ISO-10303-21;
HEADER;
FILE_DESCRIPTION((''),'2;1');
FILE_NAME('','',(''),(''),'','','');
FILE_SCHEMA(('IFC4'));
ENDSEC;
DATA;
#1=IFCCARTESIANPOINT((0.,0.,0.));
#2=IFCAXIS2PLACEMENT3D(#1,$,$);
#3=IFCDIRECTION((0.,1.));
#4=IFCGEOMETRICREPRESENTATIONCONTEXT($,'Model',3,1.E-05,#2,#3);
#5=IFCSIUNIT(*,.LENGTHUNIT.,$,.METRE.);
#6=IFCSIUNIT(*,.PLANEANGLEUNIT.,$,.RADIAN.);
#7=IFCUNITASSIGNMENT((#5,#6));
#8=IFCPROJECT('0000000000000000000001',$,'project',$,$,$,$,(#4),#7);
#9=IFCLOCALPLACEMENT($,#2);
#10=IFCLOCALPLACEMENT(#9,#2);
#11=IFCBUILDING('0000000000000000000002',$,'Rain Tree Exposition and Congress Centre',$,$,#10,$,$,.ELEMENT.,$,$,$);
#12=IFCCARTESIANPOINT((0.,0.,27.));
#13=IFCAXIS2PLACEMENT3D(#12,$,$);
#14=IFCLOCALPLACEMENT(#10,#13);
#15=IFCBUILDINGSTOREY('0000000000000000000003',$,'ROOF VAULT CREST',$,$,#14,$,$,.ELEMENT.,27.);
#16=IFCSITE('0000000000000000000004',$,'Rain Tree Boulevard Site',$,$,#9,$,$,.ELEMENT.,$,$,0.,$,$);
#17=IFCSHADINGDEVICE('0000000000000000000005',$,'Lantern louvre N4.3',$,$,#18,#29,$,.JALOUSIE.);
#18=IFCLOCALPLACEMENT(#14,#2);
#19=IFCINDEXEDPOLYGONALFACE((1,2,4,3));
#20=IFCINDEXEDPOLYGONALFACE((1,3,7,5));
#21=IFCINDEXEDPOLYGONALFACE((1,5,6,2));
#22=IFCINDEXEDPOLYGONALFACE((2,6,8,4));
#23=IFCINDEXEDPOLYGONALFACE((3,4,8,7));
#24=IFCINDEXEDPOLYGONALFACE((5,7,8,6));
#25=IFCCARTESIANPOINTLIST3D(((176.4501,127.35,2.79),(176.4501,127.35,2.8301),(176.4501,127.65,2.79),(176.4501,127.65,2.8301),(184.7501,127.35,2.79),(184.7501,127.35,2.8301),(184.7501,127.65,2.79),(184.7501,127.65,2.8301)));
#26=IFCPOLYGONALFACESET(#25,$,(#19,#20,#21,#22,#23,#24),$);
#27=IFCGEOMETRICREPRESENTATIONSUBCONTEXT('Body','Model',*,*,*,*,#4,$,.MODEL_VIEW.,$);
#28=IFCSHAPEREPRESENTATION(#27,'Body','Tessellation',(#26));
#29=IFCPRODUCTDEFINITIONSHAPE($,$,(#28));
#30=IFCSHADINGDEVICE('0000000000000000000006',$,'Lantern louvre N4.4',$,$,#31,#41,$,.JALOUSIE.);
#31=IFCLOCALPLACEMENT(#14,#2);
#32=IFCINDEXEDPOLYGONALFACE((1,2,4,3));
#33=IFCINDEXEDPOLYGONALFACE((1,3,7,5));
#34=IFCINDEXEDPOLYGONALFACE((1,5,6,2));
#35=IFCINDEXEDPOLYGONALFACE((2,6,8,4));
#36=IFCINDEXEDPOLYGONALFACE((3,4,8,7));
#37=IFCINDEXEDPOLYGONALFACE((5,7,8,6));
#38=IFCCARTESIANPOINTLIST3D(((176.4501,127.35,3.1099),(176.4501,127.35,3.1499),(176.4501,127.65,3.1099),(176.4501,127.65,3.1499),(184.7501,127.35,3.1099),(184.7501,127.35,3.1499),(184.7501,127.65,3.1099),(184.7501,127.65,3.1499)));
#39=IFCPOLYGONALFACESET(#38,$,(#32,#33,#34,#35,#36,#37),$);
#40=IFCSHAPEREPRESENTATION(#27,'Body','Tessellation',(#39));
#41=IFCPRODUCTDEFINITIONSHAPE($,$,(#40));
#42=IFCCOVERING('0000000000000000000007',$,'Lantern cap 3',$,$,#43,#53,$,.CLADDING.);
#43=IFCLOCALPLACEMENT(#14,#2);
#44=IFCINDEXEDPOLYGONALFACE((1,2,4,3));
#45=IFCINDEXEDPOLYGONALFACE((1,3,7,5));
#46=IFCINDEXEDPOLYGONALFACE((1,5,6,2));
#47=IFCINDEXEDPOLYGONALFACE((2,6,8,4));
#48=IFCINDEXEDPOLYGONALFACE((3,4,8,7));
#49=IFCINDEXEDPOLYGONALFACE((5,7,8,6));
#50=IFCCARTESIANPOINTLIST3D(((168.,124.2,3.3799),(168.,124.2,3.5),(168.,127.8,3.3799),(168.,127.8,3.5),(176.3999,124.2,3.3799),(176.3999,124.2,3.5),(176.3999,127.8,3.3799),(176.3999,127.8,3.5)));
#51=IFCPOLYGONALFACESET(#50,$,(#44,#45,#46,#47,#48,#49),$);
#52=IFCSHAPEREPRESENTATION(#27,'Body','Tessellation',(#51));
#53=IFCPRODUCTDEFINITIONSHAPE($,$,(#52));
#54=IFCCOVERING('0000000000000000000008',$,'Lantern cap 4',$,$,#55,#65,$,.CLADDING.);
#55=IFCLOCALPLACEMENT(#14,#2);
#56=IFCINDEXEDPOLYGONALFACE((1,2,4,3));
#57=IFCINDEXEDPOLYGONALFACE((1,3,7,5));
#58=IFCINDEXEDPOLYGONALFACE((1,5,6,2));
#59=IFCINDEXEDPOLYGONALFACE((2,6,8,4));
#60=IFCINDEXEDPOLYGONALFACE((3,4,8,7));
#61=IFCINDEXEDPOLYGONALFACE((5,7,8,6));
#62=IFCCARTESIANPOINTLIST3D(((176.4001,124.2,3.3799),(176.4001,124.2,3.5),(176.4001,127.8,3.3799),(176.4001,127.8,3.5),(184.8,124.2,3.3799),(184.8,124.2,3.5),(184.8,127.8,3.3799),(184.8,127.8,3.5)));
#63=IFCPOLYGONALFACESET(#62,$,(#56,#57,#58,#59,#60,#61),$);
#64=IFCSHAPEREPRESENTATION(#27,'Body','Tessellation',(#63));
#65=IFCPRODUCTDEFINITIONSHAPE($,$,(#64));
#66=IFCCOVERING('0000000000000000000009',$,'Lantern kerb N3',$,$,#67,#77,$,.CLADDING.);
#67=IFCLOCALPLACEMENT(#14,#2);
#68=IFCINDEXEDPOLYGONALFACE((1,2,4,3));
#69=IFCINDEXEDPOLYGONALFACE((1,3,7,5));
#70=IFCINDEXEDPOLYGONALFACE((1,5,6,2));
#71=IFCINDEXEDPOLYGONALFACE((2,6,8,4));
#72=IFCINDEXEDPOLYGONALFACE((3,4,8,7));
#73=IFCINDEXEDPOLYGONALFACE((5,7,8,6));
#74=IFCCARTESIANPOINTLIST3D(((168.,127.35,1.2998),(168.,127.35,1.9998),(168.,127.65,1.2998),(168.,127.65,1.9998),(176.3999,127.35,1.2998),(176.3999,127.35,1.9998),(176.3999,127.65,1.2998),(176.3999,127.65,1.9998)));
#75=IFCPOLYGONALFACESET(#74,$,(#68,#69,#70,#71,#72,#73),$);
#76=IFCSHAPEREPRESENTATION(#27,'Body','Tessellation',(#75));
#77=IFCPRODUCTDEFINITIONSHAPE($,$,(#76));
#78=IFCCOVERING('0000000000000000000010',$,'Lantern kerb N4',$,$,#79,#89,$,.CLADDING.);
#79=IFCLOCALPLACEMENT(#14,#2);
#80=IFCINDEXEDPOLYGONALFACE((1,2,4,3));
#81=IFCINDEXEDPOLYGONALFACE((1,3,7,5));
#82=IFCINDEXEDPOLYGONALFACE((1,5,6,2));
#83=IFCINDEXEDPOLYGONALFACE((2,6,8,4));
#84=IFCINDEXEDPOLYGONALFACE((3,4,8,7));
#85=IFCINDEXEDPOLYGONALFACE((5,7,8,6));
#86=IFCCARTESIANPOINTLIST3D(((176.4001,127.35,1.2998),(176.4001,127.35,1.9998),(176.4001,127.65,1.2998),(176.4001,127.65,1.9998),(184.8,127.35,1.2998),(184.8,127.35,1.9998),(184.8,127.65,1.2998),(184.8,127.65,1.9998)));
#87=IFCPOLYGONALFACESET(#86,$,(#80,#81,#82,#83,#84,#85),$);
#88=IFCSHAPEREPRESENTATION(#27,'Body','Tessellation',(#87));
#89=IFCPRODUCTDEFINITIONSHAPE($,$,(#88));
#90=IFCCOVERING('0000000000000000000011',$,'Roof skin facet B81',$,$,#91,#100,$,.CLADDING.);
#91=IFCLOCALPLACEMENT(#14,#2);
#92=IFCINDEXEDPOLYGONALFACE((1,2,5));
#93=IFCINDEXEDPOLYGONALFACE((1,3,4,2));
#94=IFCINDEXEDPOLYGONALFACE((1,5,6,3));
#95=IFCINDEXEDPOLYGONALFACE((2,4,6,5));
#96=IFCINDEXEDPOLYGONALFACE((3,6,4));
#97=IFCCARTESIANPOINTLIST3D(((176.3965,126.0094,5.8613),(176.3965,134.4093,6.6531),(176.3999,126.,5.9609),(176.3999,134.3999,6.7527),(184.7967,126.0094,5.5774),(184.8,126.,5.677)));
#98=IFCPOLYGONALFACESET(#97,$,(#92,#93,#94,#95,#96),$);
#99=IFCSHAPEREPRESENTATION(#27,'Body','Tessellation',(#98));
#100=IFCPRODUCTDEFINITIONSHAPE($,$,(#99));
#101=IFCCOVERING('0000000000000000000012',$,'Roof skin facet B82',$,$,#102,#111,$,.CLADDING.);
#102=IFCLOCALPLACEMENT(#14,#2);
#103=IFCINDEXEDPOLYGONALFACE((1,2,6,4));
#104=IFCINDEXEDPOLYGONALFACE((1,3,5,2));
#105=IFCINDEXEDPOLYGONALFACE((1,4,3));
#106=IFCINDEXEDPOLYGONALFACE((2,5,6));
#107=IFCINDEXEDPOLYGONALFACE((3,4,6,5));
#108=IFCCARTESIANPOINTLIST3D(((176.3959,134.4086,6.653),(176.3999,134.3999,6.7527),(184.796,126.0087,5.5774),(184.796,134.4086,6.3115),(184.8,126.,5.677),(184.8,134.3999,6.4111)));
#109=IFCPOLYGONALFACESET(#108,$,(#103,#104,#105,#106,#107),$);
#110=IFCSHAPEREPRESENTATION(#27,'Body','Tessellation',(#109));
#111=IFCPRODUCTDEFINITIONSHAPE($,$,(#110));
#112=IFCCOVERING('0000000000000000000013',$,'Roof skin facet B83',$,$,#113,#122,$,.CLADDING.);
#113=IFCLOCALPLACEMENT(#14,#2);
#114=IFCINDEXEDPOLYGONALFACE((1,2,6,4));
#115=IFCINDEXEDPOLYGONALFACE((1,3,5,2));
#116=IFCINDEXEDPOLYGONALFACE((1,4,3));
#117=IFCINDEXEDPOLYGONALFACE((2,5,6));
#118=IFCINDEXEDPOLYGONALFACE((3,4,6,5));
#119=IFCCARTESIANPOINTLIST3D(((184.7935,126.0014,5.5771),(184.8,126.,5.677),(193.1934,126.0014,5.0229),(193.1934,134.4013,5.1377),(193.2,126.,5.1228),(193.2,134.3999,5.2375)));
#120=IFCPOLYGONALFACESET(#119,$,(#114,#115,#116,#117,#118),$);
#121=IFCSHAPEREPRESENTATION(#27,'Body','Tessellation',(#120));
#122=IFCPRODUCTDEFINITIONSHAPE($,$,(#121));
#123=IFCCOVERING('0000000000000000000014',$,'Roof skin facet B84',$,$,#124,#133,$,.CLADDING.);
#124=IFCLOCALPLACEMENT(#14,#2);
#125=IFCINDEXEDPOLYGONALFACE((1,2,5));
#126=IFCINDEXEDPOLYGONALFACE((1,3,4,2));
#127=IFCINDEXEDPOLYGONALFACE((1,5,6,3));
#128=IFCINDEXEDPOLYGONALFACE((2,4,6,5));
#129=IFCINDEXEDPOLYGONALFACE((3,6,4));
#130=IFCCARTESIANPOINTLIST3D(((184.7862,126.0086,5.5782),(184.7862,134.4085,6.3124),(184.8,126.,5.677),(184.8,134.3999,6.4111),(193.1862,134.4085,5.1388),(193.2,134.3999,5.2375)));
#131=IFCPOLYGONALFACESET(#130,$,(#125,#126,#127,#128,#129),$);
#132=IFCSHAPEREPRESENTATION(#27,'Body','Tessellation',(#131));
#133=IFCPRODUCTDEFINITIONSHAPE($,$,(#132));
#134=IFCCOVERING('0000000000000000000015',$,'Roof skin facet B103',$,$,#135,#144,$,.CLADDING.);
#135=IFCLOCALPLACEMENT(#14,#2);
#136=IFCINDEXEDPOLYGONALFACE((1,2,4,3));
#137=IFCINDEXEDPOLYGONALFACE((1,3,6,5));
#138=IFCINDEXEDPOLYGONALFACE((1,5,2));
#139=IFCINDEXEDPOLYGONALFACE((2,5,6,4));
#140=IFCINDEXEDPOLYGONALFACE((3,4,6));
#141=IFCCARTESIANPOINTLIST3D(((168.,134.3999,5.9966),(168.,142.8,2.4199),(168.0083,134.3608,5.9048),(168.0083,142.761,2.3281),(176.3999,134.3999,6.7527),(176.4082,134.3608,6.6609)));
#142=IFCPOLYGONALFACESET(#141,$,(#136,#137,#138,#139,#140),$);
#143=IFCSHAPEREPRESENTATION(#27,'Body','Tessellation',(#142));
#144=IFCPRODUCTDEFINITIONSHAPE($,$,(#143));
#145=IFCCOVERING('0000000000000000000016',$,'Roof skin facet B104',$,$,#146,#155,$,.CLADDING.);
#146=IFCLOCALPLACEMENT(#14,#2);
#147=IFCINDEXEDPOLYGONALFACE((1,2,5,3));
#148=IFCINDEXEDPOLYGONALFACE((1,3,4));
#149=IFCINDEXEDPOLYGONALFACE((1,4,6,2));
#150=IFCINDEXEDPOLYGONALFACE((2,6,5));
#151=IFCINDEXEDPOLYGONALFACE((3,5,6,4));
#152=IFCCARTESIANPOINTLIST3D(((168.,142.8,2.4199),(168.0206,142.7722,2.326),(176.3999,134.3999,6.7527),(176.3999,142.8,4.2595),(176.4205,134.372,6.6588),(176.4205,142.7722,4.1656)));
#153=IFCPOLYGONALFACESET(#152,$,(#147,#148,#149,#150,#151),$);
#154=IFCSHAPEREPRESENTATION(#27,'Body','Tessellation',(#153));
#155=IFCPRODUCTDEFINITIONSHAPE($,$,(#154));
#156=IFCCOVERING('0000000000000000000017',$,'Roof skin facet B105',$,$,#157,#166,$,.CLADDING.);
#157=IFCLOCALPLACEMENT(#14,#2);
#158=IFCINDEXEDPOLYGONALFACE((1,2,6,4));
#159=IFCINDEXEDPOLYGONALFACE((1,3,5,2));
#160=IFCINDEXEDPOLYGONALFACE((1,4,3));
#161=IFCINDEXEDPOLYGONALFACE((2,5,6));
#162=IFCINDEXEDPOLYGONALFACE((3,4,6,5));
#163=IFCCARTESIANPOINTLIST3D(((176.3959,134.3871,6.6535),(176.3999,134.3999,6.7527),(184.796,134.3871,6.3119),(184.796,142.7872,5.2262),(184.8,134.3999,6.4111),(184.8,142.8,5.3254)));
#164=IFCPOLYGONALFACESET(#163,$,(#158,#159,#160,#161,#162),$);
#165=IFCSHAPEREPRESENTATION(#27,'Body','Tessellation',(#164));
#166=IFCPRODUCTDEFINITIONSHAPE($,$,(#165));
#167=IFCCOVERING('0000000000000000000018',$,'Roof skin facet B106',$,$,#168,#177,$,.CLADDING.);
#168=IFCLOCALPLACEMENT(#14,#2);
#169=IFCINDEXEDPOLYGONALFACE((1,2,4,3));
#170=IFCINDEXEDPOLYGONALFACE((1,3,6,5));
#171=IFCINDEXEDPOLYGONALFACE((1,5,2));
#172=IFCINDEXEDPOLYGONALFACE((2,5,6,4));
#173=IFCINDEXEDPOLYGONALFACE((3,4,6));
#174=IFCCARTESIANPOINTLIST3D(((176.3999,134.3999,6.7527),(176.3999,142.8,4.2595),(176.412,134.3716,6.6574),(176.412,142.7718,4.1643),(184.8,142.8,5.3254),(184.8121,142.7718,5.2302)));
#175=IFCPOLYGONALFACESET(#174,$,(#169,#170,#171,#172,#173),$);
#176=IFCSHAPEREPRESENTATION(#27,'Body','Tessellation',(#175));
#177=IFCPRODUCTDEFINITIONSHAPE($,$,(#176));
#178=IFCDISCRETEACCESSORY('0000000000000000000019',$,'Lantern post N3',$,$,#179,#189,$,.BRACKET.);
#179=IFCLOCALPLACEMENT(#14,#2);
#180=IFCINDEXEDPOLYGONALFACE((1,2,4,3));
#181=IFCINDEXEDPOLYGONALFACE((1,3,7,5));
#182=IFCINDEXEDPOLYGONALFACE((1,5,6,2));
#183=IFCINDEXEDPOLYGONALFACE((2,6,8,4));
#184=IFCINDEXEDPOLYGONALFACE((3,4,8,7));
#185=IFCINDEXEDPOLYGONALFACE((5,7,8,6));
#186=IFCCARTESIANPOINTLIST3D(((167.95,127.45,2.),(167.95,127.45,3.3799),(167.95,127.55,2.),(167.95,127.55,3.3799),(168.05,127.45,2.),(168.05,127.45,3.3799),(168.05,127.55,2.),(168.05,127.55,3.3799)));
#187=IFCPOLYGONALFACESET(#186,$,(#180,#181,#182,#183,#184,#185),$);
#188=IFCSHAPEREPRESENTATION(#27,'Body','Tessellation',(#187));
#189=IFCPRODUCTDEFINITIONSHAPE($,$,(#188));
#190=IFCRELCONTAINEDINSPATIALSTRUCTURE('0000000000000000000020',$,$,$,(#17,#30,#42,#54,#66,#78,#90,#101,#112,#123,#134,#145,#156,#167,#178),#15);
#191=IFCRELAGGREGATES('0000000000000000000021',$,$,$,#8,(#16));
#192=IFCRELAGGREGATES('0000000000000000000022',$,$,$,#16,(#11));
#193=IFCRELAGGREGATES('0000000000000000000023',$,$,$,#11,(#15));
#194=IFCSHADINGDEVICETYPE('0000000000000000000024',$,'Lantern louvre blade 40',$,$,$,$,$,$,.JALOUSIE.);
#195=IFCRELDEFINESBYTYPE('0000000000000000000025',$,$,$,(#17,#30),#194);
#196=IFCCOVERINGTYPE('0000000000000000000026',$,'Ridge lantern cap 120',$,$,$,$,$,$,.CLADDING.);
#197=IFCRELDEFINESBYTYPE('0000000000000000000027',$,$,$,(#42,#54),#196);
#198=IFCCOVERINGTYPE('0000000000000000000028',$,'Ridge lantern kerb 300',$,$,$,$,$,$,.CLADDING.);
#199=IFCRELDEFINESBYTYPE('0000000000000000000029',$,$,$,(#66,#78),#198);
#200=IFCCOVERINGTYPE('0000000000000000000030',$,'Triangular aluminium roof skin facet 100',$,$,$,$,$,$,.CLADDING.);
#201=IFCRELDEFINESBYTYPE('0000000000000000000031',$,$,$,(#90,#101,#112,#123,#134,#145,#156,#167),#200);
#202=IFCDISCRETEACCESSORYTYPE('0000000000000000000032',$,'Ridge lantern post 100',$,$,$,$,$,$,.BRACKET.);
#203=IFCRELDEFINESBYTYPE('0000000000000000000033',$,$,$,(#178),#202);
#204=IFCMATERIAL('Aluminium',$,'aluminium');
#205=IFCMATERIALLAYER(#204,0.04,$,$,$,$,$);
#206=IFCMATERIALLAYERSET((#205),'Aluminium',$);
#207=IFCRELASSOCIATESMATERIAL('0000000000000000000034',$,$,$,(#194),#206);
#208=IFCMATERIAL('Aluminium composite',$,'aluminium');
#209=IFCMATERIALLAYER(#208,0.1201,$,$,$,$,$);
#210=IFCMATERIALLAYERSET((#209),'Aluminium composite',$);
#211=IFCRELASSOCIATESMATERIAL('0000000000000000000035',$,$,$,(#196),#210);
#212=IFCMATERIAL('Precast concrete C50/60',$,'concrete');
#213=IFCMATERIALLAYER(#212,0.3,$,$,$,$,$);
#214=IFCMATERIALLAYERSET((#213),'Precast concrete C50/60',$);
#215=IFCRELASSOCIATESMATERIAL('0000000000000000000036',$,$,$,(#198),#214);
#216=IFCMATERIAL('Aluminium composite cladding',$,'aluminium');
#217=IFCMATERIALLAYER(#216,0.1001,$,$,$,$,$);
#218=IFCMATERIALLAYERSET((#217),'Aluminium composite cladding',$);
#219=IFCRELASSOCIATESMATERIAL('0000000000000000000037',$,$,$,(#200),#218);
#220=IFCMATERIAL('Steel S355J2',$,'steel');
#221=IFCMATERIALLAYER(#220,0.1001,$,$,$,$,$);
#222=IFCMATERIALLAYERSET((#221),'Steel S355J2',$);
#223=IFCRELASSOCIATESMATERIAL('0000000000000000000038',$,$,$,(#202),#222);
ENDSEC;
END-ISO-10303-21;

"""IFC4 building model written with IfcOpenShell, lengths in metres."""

from ifc_helpers import new_model, si_unit, direction, frame, origin, origin_2d, place, context, subcontext, project, spatial, polyline, rectangle, outline, extrude, material, layer, layer_set, type_object, element, save


model = new_model("IFC4")

# Units and contexts
model_context = context("Model", 3, precision=1e-05, world=origin(), true_north=direction((0.0, 1.0)))
body_context = subcontext(model_context, "Body", "Model", "MODEL_VIEW")
ifc_project = project(units=[si_unit("LENGTHUNIT", "METRE"), si_unit("PLANEANGLEUNIT", "RADIAN")], contexts=[model_context])

# Site, building, storey
site_placement = place(None, origin())
site = spatial("IfcSite", under=ifc_project, at=site_placement, Name="Rain Tree Boulevard Site", CompositionType="ELEMENT", RefElevation=0.0)
building_placement = place(site_placement, origin())
building = spatial("IfcBuilding", under=site, at=building_placement, Name="Rain Tree Exposition and Congress Centre", CompositionType="ELEMENT")
storey_placement = place(building_placement, frame((0.0, 0.0, 27.0)))
storey = spatial("IfcBuildingStorey", under=building, at=storey_placement, Name="ROOF VAULT CREST", CompositionType="ELEMENT", Elevation=27.0)

# Shading devices
ifc_material_1 = material(Name="Aluminium", Category="aluminium")
ifc_layer_1 = layer(ifc_material_1, 0.04)
ifc_layer_set_1 = layer_set([ifc_layer_1], Name="Aluminium")
shading_device_type = type_object("IfcShadingDeviceType", Name="Lantern louvre blade 40", PredefinedType="JALOUSIE", material=ifc_layer_set_1)
for number, where, z_axis, x_axis, name in (
    (1, (180.6001, 127.5, 2.79), (0.0, 0.0, 1.0), (1.0, 0.0, 0.0), "Lantern louvre N4.3"),
    (2, (180.6001, 127.5, 3.1099), (0.0, 0.0, 1.0), (1.0, 0.0, 0.0), "Lantern louvre N4.4"),
):
    element("IfcShadingDevice", number, at=place(storey_placement, frame(where, z_axis=z_axis, x_axis=x_axis)), inside=storey, type_object=shading_device_type, Name=name, PredefinedType="JALOUSIE", context=body_context, shape_type="SweptSolid", body=[
        extrude(rectangle(XDim=8.3, YDim=0.3, at=origin_2d()), origin(), (0.0, 0.0, 1.0), 0.04),
    ])

# Coverings
ifc_material_2 = material(Name="Aluminium composite", Category="aluminium")
ifc_layer_2 = layer(ifc_material_2, 0.1201)
ifc_layer_set_2 = layer_set([ifc_layer_2], Name="Aluminium composite")
covering_type_1 = type_object("IfcCoveringType", Name="Ridge lantern cap 120", PredefinedType="CLADDING", material=ifc_layer_set_2)
for number, where, z_axis, x_axis, name in (
    (3, (172.2, 126.0, 3.3799), (0.0, 0.0, 1.0), (1.0, 0.0, 0.0), "Lantern cap 3"),
    (4, (180.6001, 126.0, 3.3799), (0.0, 0.0, 1.0), (1.0, 0.0, 0.0), "Lantern cap 4"),
):
    element("IfcCovering", number, at=place(storey_placement, frame(where, z_axis=z_axis, x_axis=x_axis)), inside=storey, type_object=covering_type_1, Name=name, PredefinedType="CLADDING", context=body_context, shape_type="SweptSolid", body=[
        extrude(rectangle(XDim=8.3999, YDim=3.6001, at=origin_2d()), origin(), (0.0, 0.0, 1.0), 0.1201),
    ])
ifc_material_3 = material(Name="Precast concrete C50/60", Category="concrete")
ifc_layer_3 = layer(ifc_material_3, 0.3)
ifc_layer_set_3 = layer_set([ifc_layer_3], Name="Precast concrete C50/60")
covering_type_2 = type_object("IfcCoveringType", Name="Ridge lantern kerb 300", PredefinedType="CLADDING", material=ifc_layer_set_3)
for number, where, z_axis, x_axis, name in (
    (5, (172.2, 127.5, 1.2998), (0.0, 0.0, 1.0), (1.0, 0.0, 0.0), "Lantern kerb N3"),
    (6, (180.6001, 127.5, 1.2998), (0.0, 0.0, 1.0), (1.0, 0.0, 0.0), "Lantern kerb N4"),
):
    element("IfcCovering", number, at=place(storey_placement, frame(where, z_axis=z_axis, x_axis=x_axis)), inside=storey, type_object=covering_type_2, Name=name, PredefinedType="CLADDING", context=body_context, shape_type="SweptSolid", body=[
        extrude(rectangle(XDim=8.3999, YDim=0.3, at=origin_2d()), origin(), (0.0, 0.0, 1.0), 0.7),
    ])
ifc_material_4 = material(Name="Aluminium composite cladding", Category="aluminium")
ifc_layer_4 = layer(ifc_material_4, 0.1001)
ifc_layer_set_4 = layer_set([ifc_layer_4], Name="Aluminium composite cladding")
covering_type_3 = type_object("IfcCoveringType", Name="Triangular aluminium roof skin facet 100", PredefinedType="CLADDING", material=ifc_layer_set_4)
covering_1_placement = place(storey_placement, frame((176.3999, 126.0, 5.9609), z_axis=(0.033633, -0.093788, 0.995024), x_axis=(0.999429, 0.0, -0.033782)))
element("IfcCovering", 7, at=covering_1_placement, inside=storey, type_object=covering_type_3, Name="Roof skin facet B81", PredefinedType="CLADDING", context=body_context, shape_type="SweptSolid", body=[
    extrude(outline(polyline([(0.0, 0.0), (8.4049, 0.0), (-0.0267, 8.4371), (0.0, 0.0)])), origin(), (0.0, 0.0, -1.0), 0.1001),
])
covering_2_placement = place(storey_placement, frame((184.8, 126.0, 5.677), z_axis=(0.040473, -0.086994, 0.995386), x_axis=(0.0, 0.996203, 0.087066)))
element("IfcCovering", 8, at=covering_2_placement, inside=storey, type_object=covering_type_3, Name="Roof skin facet B82", PredefinedType="CLADDING", context=body_context, shape_type="SweptSolid", body=[
    extrude(outline(polyline([(0.0, 0.0), (8.4319, 0.0), (8.4617, 8.407), (0.0, 0.0)])), origin(), (0.0, 0.0, -1.0), 0.1001),
])
covering_3_placement = place(storey_placement, frame((184.8, 126.0, 5.677), z_axis=(0.065828, -0.01363, 0.997738), x_axis=(0.997831, 0.0, -0.065834)))
element("IfcCovering", 9, at=covering_3_placement, inside=storey, type_object=covering_type_3, Name="Roof skin facet B83", PredefinedType="CLADDING", context=body_context, shape_type="SweptSolid", body=[
    extrude(outline(polyline([(0.0, 0.0), (8.4182, 0.0), (8.4106, 8.4007), (0.0, 0.0)])), origin(), (0.0, 0.0, -1.0), 0.1001),
])
covering_4_placement = place(storey_placement, frame((184.8, 126.0, 5.677), z_axis=(0.137855, -0.086234, 0.986691), x_axis=(0.706623, 0.706623, -0.036968)))
element("IfcCovering", 10, at=covering_4_placement, inside=storey, type_object=covering_type_3, Name="Roof skin facet B84", PredefinedType="CLADDING", context=body_context, shape_type="SweptSolid", body=[
    extrude(outline(polyline([(0.0, 0.0), (11.8874, 0.0), (5.9084, 6.0156), (0.0, 0.0)])), origin(), (0.0, 0.0, -1.0), 0.1001),
])
covering_5_placement = place(storey_placement, frame((168.0, 134.3999, 5.9966), z_axis=(-0.082536, 0.390416, 0.916931), x_axis=(0.995973, 0.0, 0.089651)))
element("IfcCovering", 11, at=covering_5_placement, inside=storey, type_object=covering_type_3, Name="Roof skin facet B103", PredefinedType="CLADDING", context=body_context, shape_type="SweptSolid", body=[
    extrude(outline(polyline([(0.0, 0.0), (8.4339, 0.0), (-0.3207, 9.1243), (0.0, 0.0)])), origin(), (0.0, 0.0, -1.0), 0.1001),
])
covering_6_placement = place(storey_placement, frame((176.3999, 134.3999, 6.7527), z_axis=(-0.205471, 0.278461, 0.938212), x_axis=(0.0, 0.958666, -0.284532)))
element("IfcCovering", 12, at=covering_6_placement, inside=storey, type_object=covering_type_3, Name="Roof skin facet B104", PredefinedType="CLADDING", context=body_context, shape_type="SweptSolid", body=[
    extrude(outline(polyline([(0.0, 0.0), (8.7623, 0.0), (9.2857, 8.583), (0.0, 0.0)])), origin(), (0.0, 0.0, -1.0), 0.1001),
])
covering_7_placement = place(storey_placement, frame((176.3999, 134.3999, 6.7527), z_axis=(0.040292, 0.128077, 0.990945), x_axis=(0.999174, 0.0, -0.040627)))
element("IfcCovering", 13, at=covering_7_placement, inside=storey, type_object=covering_type_3, Name="Roof skin facet B105", PredefinedType="CLADDING", context=body_context, shape_type="SweptSolid", body=[
    extrude(outline(polyline([(0.0, 0.0), (8.4071, 0.0), (8.4512, 8.4699), (0.0, 0.0)])), origin(), (0.0, 0.0, -1.0), 0.1001),
])
covering_8_placement = place(storey_placement, frame((176.3999, 134.3999, 6.7527), z_axis=(-0.120758, 0.28245, 0.951651), x_axis=(0.702058, 0.702058, -0.119285)))
element("IfcCovering", 14, at=covering_8_placement, inside=storey, type_object=covering_type_3, Name="Roof skin facet B106", PredefinedType="CLADDING", context=body_context, shape_type="SweptSolid", body=[
    extrude(outline(polyline([(0.0, 0.0), (11.965, 0.0), (6.1948, 6.197), (0.0, 0.0)])), origin(), (0.0, 0.0, -1.0), 0.1001),
])

# Discrete accessory
ifc_material_5 = material(Name="Steel S355J2", Category="steel")
ifc_layer_5 = layer(ifc_material_5, 0.1001)
ifc_layer_set_5 = layer_set([ifc_layer_5], Name="Steel S355J2")
discrete_accessory_type_1 = type_object("IfcDiscreteAccessoryType", Name="Ridge lantern post 100", PredefinedType="BRACKET", material=ifc_layer_set_5)
for number, where, z_axis, x_axis, name in (
    (15, (168.0, 127.5, 2.0), (0.0, 0.0, 1.0), (1.0, 0.0, 0.0), "Lantern post N3"),
):
    element("IfcDiscreteAccessory", number, at=place(storey_placement, frame(where, z_axis=z_axis, x_axis=x_axis)), inside=storey, type_object=discrete_accessory_type_1, Name=name, PredefinedType="BRACKET", context=body_context, shape_type="SweptSolid", body=[
        extrude(rectangle(XDim=0.1001, YDim=0.1001, at=origin_2d()), origin(), (0.0, 0.0, 1.0), 1.3799),
    ])

save(model, "model.ifc")
